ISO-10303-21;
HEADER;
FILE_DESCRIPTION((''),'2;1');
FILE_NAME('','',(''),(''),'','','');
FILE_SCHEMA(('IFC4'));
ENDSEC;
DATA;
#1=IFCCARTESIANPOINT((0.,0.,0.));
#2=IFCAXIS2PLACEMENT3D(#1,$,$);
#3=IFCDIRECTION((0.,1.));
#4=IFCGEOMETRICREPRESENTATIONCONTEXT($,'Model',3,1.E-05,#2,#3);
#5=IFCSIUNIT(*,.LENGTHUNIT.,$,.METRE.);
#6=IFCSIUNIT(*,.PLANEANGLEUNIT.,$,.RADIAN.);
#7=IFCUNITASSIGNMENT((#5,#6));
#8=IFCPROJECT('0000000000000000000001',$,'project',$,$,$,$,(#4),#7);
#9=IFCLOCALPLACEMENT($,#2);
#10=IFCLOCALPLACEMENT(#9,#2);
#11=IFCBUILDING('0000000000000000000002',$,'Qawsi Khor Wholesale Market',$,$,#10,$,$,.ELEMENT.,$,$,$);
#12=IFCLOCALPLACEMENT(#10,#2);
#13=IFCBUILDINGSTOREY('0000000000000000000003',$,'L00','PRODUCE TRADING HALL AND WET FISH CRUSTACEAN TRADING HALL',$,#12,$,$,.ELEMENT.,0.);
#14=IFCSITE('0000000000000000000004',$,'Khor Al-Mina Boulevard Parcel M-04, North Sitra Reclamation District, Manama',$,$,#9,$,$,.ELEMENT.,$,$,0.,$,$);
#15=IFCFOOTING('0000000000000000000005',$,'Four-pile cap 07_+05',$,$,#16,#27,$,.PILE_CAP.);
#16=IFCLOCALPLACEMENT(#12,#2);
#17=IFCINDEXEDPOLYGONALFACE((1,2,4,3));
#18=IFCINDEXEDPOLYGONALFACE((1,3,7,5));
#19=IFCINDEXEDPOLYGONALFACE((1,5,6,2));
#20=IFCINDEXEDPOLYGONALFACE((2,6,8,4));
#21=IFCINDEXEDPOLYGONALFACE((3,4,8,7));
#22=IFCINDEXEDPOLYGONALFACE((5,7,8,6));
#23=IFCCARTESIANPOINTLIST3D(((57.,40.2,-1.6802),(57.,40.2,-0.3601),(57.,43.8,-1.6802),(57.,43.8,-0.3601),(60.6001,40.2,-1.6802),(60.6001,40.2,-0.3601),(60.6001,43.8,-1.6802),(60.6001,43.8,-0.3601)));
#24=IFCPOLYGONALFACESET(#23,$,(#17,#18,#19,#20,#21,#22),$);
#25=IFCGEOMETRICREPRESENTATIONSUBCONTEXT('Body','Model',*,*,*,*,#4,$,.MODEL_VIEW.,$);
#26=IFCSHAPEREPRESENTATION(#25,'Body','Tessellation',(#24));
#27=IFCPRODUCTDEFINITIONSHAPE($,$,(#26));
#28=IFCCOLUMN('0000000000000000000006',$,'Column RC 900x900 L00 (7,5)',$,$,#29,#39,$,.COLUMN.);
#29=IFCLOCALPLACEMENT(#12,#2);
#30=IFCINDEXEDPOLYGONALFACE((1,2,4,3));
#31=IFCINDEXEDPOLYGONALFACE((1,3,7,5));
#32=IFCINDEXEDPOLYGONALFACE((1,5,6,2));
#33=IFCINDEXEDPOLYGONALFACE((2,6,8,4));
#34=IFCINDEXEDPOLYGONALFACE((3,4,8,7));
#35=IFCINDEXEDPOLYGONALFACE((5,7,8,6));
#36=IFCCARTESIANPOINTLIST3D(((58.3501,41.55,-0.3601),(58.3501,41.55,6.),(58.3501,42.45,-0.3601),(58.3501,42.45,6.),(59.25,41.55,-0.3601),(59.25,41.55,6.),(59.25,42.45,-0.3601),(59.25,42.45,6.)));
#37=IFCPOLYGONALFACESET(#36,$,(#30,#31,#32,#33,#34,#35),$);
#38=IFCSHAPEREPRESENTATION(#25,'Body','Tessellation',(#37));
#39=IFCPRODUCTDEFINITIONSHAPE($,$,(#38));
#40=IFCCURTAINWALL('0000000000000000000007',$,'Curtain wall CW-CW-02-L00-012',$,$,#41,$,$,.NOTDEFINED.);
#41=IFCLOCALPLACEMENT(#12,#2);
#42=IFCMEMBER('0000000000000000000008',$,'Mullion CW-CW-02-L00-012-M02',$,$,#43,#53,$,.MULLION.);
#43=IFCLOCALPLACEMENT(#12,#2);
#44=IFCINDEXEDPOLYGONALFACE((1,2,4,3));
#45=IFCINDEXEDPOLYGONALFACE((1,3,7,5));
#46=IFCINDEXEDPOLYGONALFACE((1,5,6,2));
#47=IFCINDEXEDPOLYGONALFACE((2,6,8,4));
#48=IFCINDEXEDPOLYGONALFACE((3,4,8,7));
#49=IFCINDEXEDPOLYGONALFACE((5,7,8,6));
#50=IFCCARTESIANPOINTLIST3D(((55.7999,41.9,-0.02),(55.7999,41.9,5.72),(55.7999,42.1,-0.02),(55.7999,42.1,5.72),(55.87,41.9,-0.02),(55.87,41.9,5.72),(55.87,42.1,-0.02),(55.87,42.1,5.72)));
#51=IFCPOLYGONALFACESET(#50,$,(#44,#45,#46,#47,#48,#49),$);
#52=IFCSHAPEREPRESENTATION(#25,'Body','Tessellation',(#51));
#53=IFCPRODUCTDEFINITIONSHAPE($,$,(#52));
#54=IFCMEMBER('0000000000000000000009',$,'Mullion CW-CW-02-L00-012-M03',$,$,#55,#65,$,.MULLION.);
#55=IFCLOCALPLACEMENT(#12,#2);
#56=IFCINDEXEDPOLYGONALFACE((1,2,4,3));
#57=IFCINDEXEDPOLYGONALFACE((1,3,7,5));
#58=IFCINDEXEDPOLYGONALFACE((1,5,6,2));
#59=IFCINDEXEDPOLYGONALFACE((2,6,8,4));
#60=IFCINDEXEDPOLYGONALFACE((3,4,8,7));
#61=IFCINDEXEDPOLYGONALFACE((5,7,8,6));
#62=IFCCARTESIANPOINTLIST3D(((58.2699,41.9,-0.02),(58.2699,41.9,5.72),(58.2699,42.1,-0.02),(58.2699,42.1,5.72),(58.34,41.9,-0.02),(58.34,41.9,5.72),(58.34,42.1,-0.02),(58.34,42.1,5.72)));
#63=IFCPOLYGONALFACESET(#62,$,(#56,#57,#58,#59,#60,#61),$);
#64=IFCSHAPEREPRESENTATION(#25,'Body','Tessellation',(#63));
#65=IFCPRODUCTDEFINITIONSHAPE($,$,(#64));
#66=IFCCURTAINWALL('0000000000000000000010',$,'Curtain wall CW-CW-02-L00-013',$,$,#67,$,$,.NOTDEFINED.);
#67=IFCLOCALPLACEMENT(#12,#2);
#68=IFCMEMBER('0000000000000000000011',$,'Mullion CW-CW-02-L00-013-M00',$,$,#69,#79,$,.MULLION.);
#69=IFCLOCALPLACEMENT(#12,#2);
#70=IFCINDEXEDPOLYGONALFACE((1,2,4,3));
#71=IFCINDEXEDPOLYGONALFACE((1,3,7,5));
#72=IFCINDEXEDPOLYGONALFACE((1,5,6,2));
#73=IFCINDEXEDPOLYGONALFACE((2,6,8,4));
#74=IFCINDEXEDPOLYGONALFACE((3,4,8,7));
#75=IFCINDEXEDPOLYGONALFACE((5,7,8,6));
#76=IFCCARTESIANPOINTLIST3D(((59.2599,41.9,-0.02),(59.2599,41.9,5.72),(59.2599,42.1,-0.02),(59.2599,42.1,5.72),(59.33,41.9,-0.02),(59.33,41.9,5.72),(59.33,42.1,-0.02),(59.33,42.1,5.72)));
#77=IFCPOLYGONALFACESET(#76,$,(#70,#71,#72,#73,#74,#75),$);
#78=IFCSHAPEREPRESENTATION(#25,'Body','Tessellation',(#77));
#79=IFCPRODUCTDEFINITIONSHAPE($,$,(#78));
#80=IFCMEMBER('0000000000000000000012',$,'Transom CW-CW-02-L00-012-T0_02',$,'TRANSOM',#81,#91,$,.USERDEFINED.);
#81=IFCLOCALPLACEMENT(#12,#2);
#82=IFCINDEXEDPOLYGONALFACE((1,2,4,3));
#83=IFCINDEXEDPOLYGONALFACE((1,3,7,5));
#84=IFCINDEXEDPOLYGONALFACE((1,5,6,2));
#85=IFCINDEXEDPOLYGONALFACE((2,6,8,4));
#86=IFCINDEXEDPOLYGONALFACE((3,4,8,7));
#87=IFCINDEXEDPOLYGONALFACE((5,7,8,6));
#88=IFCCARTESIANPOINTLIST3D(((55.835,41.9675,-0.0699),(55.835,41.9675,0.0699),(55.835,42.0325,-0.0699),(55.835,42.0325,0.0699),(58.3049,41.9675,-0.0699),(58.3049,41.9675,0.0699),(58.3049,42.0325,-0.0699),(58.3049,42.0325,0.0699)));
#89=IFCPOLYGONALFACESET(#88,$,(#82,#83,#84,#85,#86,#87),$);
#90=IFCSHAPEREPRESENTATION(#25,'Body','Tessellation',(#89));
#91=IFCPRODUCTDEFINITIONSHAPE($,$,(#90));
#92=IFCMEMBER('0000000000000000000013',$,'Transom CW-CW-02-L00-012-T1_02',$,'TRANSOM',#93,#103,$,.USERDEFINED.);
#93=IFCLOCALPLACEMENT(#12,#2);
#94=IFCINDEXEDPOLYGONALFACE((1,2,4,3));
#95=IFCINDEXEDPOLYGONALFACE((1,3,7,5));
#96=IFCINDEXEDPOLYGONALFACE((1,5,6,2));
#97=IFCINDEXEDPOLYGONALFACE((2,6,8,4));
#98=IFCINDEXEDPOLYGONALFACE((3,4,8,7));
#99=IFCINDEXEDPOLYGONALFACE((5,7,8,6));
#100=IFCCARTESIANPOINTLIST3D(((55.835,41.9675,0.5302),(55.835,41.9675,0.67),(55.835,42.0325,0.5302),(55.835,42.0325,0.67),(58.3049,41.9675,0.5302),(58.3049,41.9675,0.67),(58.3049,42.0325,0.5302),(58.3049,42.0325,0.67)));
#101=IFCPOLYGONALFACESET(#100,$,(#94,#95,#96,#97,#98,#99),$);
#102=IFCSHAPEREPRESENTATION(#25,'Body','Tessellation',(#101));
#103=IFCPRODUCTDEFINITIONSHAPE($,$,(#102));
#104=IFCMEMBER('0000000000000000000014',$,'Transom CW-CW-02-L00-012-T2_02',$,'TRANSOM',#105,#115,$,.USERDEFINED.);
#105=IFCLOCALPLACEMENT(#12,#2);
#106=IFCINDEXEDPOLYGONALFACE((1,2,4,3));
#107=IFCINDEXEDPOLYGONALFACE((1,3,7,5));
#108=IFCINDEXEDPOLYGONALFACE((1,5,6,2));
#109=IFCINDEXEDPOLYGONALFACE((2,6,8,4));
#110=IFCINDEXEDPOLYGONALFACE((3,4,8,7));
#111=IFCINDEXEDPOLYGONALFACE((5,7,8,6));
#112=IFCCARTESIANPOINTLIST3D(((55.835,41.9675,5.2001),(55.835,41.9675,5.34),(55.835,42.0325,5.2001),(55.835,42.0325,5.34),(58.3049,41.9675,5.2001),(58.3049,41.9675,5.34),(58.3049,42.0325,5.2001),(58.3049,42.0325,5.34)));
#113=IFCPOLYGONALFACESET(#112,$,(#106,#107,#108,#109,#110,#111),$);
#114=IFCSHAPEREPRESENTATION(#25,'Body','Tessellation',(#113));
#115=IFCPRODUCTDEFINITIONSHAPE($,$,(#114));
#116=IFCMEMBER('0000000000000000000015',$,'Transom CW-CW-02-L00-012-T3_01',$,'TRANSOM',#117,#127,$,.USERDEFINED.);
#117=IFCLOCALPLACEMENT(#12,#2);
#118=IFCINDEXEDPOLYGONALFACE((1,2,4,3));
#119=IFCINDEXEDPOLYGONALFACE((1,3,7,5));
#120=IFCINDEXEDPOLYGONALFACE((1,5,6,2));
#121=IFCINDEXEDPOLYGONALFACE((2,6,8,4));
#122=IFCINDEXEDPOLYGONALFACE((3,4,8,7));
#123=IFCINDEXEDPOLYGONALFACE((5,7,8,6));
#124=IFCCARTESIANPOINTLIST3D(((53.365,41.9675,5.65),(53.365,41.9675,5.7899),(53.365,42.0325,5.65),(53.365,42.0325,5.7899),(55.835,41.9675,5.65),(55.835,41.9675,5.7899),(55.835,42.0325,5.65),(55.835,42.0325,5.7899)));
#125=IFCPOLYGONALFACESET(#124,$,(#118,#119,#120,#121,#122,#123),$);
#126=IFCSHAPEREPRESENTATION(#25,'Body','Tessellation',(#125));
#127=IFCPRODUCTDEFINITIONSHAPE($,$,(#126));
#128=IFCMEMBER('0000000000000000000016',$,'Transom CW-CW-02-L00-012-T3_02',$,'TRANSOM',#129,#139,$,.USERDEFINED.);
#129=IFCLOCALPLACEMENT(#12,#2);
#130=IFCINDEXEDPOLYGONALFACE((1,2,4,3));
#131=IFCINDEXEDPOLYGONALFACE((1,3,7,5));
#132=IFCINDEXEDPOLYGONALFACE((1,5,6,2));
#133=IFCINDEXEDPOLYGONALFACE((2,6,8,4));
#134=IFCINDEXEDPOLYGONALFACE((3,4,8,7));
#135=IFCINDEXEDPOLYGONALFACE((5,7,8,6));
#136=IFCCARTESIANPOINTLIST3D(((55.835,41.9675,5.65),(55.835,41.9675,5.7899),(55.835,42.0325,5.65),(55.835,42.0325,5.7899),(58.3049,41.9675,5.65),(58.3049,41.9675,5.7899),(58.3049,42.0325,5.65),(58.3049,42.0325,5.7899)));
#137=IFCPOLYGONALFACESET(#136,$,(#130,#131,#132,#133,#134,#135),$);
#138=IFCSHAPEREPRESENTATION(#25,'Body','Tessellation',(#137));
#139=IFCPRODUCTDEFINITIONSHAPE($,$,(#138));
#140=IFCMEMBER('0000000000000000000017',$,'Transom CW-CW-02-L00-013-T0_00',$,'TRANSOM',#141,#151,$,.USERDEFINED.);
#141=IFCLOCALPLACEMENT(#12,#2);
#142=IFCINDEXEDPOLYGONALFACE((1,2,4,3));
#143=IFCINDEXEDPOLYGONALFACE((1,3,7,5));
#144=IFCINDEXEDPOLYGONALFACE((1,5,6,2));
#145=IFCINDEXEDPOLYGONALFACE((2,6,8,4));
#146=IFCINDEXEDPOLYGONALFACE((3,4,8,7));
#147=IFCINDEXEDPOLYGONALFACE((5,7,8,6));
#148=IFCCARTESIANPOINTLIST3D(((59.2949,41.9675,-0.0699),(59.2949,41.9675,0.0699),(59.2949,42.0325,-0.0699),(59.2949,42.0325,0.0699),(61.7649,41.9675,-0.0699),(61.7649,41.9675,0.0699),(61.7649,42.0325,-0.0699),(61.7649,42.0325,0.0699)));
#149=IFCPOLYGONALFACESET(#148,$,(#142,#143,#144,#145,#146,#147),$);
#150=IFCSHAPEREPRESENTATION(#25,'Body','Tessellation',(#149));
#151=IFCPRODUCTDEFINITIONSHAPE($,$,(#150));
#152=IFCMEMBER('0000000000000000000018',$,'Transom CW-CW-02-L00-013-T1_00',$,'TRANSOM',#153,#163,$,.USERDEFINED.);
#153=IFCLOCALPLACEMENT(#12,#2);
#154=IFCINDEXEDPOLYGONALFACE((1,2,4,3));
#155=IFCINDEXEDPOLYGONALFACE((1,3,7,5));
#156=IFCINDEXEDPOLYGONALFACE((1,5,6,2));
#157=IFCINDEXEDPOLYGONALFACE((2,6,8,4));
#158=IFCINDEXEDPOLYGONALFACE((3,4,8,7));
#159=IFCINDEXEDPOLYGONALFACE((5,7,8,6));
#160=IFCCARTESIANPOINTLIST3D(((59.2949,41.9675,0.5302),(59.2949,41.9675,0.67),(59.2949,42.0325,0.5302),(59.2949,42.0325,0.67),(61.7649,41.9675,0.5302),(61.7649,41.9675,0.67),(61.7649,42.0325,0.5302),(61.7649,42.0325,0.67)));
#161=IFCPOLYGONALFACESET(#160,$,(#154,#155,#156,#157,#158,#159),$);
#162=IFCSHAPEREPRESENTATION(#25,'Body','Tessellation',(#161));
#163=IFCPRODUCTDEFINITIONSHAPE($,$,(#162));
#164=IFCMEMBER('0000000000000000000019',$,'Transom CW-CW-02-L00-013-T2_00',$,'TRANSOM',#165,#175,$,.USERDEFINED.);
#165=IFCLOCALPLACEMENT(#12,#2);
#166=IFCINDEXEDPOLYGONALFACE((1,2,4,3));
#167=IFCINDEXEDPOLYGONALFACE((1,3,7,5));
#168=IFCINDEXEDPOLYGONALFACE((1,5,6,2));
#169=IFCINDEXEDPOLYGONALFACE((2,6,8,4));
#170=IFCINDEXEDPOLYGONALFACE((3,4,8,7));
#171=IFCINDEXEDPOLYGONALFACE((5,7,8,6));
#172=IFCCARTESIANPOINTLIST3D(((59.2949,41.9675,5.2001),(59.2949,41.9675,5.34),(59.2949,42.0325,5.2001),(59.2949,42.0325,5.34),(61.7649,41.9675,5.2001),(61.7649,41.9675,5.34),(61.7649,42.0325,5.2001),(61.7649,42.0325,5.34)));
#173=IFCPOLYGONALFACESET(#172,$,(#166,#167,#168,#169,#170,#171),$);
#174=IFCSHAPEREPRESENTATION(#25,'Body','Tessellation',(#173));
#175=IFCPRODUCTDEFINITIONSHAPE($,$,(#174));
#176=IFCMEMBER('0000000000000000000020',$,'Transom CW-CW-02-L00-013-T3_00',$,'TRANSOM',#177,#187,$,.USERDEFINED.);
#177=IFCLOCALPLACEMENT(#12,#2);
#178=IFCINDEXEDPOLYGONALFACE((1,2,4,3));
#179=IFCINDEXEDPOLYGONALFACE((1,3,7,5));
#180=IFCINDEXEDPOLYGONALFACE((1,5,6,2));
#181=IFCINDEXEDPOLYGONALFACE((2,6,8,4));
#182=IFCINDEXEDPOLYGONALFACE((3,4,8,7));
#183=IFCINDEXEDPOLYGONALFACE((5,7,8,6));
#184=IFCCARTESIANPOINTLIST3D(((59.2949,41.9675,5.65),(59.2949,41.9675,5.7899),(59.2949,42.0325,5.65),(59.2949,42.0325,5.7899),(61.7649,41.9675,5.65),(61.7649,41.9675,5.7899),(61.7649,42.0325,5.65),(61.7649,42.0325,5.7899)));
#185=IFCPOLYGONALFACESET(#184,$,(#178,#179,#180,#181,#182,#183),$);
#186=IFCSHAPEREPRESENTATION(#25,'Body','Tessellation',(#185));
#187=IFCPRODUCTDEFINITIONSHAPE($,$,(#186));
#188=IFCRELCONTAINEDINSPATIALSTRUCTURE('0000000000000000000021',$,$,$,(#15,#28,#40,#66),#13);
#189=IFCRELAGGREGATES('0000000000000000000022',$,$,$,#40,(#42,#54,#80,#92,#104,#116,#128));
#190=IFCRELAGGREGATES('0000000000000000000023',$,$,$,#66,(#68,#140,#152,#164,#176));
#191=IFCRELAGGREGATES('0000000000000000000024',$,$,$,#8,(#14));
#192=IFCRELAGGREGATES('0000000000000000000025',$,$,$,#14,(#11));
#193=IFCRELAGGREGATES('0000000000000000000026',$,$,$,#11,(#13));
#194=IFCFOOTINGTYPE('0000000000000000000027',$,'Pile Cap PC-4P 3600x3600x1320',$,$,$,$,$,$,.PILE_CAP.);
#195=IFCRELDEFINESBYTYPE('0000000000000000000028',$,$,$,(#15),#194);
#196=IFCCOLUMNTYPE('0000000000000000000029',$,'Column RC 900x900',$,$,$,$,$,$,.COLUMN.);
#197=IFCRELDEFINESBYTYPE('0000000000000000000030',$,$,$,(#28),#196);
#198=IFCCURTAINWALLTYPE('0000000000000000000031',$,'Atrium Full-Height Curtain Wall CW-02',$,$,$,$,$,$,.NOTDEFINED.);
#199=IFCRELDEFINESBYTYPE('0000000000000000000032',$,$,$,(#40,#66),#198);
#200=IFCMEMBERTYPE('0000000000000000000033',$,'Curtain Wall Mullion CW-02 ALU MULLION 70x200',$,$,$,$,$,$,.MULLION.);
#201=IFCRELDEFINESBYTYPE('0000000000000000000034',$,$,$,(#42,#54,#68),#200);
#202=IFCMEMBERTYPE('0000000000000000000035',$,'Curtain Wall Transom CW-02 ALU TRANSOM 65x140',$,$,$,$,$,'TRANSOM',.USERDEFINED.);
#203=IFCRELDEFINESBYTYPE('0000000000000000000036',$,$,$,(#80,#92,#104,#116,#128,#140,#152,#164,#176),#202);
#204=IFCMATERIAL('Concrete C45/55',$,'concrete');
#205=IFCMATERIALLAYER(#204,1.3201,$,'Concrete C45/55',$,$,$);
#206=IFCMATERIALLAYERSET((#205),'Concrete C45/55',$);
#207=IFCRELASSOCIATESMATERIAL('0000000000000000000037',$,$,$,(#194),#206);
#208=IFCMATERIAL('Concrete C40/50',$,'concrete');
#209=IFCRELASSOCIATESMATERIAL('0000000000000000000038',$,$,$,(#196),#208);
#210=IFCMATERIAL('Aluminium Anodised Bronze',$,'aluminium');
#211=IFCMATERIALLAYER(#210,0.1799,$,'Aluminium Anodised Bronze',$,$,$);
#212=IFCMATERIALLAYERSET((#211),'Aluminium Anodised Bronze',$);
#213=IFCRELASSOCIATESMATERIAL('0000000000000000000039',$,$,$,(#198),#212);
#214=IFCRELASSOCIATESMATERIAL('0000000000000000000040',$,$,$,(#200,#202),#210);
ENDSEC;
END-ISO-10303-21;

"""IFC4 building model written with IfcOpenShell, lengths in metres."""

from ifc_helpers import new_model, si_unit, direction, frame, origin, origin_2d, place, context, subcontext, project, spatial, rectangle, extrude, material, layer, layer_set, material_profile, profile_set, type_object, element, aggregate, save


model = new_model("IFC4")

# Units and contexts
model_context = context("Model", 3, precision=1e-05, world=origin(), true_north=direction((0.0, 1.0)))
body_context = subcontext(model_context, "Body", "Model", "MODEL_VIEW")
ifc_project = project(units=[si_unit("LENGTHUNIT", "METRE"), si_unit("PLANEANGLEUNIT", "RADIAN")], contexts=[model_context])

# Site, building, storey
site_placement = place(None, origin())
site = spatial("IfcSite", under=ifc_project, at=site_placement, Name="Khor Al-Mina Boulevard Parcel M-04, North Sitra Reclamation District, Manama", CompositionType="ELEMENT", RefElevation=0.0)
building_placement = place(site_placement, origin())
building = spatial("IfcBuilding", under=site, at=building_placement, Name="Qawsi Khor Wholesale Market", CompositionType="ELEMENT")
storey_placement = place(building_placement, origin())
storey = spatial("IfcBuildingStorey", under=building, at=storey_placement, Name="L00", Description="PRODUCE TRADING HALL AND WET FISH CRUSTACEAN TRADING HALL", CompositionType="ELEMENT", Elevation=0.0)

# Shared definitions
ifc_material_1 = material(Name="Concrete C45/55", Category="concrete")

# Footing
ifc_layer_1 = layer(ifc_material_1, 1.3201, Name="Concrete C45/55")
ifc_layer_set_1 = layer_set([ifc_layer_1], Name="Concrete C45/55")
footing_type_1 = type_object("IfcFootingType", Name="Pile Cap PC-4P 3600x3600x1320", PredefinedType="PILE_CAP", material=ifc_layer_set_1)
footing_1_placement = place(storey_placement, frame((58.8, 42.0, -1.6802), z_axis=(0.0, 0.0, 1.0), x_axis=(1.0, 0.0, 0.0)))
element("IfcFooting", 1, at=footing_1_placement, inside=storey, type_object=footing_type_1, Name="Four-pile cap 07_+05", PredefinedType="PILE_CAP", context=body_context, shape_type="SweptSolid", body=[
    extrude(rectangle(XDim=3.6001, YDim=3.6001, at=origin_2d()), origin(), (0.0, 0.0, 1.0), 1.3201),
])

# Column
ifc_material_2 = material(Name="Concrete C40/50", Category="concrete")
ifc_material_profile_1 = material_profile(ifc_material_2, rectangle(XDim=0.8999, YDim=0.8999, at=origin_2d()), Name="RC 900x900")
ifc_profile_set_1 = profile_set([ifc_material_profile_1], Name="Concrete C40/50")
column_type = type_object("IfcColumnType", Name="Column RC 900x900", PredefinedType="COLUMN", material=ifc_profile_set_1)
column_placement = place(storey_placement, frame((58.8, 42.0, -0.3601), z_axis=(0.0, 0.0, 1.0), x_axis=(1.0, 0.0, 0.0)))
element("IfcColumn", 2, at=column_placement, inside=storey, type_object=column_type, Name="Column RC 900x900 L00 (7,5)", PredefinedType="COLUMN", context=body_context, shape_type="SweptSolid", body=[
    extrude(rectangle(XDim=0.8999, YDim=0.8999, at=origin_2d()), origin(), (0.0, 0.0, 1.0), 6.3601),
])

# Curtain wall, members
ifc_material_3 = material(Name="Aluminium Anodised Bronze", Category="aluminium")
ifc_layer_2 = layer(ifc_material_3, 0.1799, Name="Aluminium Anodised Bronze")
ifc_layer_set_2 = layer_set([ifc_layer_2], Name="Aluminium Anodised Bronze")
curtain_wall_type = type_object("IfcCurtainWallType", Name="Atrium Full-Height Curtain Wall CW-02", PredefinedType="NOTDEFINED", material=ifc_layer_set_2)
curtain_wall_1_placement = place(storey_placement, origin())
curtain_wall_1 = element("IfcCurtainWall", 3, at=curtain_wall_1_placement, inside=storey, type_object=curtain_wall_type, Name="Curtain wall CW-CW-02-L00-012", PredefinedType="NOTDEFINED")
ifc_material_profile_2 = material_profile(ifc_material_3, rectangle(XDim=0.0701, YDim=0.2, at=origin_2d()), Name="ALU MULLION 70x200")
ifc_profile_set_2 = profile_set([ifc_material_profile_2], Name="Aluminium Anodised Bronze")
member_type_1 = type_object("IfcMemberType", Name="Curtain Wall Mullion CW-02 ALU MULLION 70x200", PredefinedType="MULLION", material=ifc_profile_set_2)
member_1_placement = place(storey_placement, frame((55.835, 42.0, -0.02), z_axis=(0.0, 0.0, 1.0), x_axis=(1.0, 0.0, 0.0)))
member_1 = element("IfcMember", 4, at=member_1_placement, type_object=member_type_1, Name="Mullion CW-CW-02-L00-012-M02", PredefinedType="MULLION", context=body_context, shape_type="SweptSolid", body=[
    extrude(rectangle(XDim=0.0701, YDim=0.2, at=origin_2d()), origin(), (0.0, 0.0, 1.0), 5.74),
])
member_2_placement = place(storey_placement, frame((58.3049, 42.0, -0.02), z_axis=(0.0, 0.0, 1.0), x_axis=(1.0, 0.0, 0.0)))
member_2 = element("IfcMember", 5, at=member_2_placement, type_object=member_type_1, Name="Mullion CW-CW-02-L00-012-M03", PredefinedType="MULLION", context=body_context, shape_type="SweptSolid", body=[
    extrude(rectangle(XDim=0.0701, YDim=0.2, at=origin_2d()), origin(), (0.0, 0.0, 1.0), 5.74),
])

# Curtain wall, member
curtain_wall_2_placement = place(storey_placement, origin())
curtain_wall_2 = element("IfcCurtainWall", 6, at=curtain_wall_2_placement, inside=storey, type_object=curtain_wall_type, Name="Curtain wall CW-CW-02-L00-013", PredefinedType="NOTDEFINED")
member_3_placement = place(storey_placement, frame((59.2949, 42.0, -0.02), z_axis=(0.0, 0.0, 1.0), x_axis=(1.0, 0.0, 0.0)))
member_3 = element("IfcMember", 7, at=member_3_placement, type_object=member_type_1, Name="Mullion CW-CW-02-L00-013-M00", PredefinedType="MULLION", context=body_context, shape_type="SweptSolid", body=[
    extrude(rectangle(XDim=0.0701, YDim=0.2, at=origin_2d()), origin(), (0.0, 0.0, 1.0), 5.74),
])

# Members
ifc_material_profile_3 = material_profile(ifc_material_3, rectangle(XDim=0.0649, YDim=0.1399, at=origin_2d()), Name="ALU TRANSOM 65x140")
ifc_profile_set_3 = profile_set([ifc_material_profile_3], Name="Aluminium Anodised Bronze")
member_type_2 = type_object("IfcMemberType", Name="Curtain Wall Transom CW-02 ALU TRANSOM 65x140", ElementType="TRANSOM", PredefinedType="USERDEFINED", material=ifc_profile_set_3)
member_4_placement = place(storey_placement, frame((55.835, 42.0, 0.0), z_axis=(1.0, 0.0, 0.0), x_axis=(0.0, 1.0, 0.0)))
member_4 = element("IfcMember", 8, at=member_4_placement, type_object=member_type_2, Name="Transom CW-CW-02-L00-012-T0_02", ObjectType="TRANSOM", PredefinedType="USERDEFINED", context=body_context, shape_type="SweptSolid", body=[
    extrude(rectangle(XDim=0.0649, YDim=0.1399, at=origin_2d()), origin(), (0.0, 0.0, 1.0), 2.47),
])
member_5_placement = place(storey_placement, frame((55.835, 42.0, 0.6001), z_axis=(1.0, 0.0, 0.0), x_axis=(0.0, 1.0, 0.0)))
member_5 = element("IfcMember", 9, at=member_5_placement, type_object=member_type_2, Name="Transom CW-CW-02-L00-012-T1_02", ObjectType="TRANSOM", PredefinedType="USERDEFINED", context=body_context, shape_type="SweptSolid", body=[
    extrude(rectangle(XDim=0.0649, YDim=0.1399, at=origin_2d()), origin(), (0.0, 0.0, 1.0), 2.47),
])
member_6_placement = place(storey_placement, frame((55.835, 42.0, 5.27), z_axis=(1.0, 0.0, 0.0), x_axis=(0.0, 1.0, 0.0)))
member_6 = element("IfcMember", 10, at=member_6_placement, type_object=member_type_2, Name="Transom CW-CW-02-L00-012-T2_02", ObjectType="TRANSOM", PredefinedType="USERDEFINED", context=body_context, shape_type="SweptSolid", body=[
    extrude(rectangle(XDim=0.0649, YDim=0.1399, at=origin_2d()), origin(), (0.0, 0.0, 1.0), 2.47),
])
member_7_placement = place(storey_placement, frame((53.365, 42.0, 5.72), z_axis=(1.0, 0.0, 0.0), x_axis=(0.0, 1.0, 0.0)))
member_7 = element("IfcMember", 11, at=member_7_placement, type_object=member_type_2, Name="Transom CW-CW-02-L00-012-T3_01", ObjectType="TRANSOM", PredefinedType="USERDEFINED", context=body_context, shape_type="SweptSolid", body=[
    extrude(rectangle(XDim=0.0649, YDim=0.1399, at=origin_2d()), origin(), (0.0, 0.0, 1.0), 2.47),
])
member_8_placement = place(storey_placement, frame((55.835, 42.0, 5.72), z_axis=(1.0, 0.0, 0.0), x_axis=(0.0, 1.0, 0.0)))
member_8 = element("IfcMember", 12, at=member_8_placement, type_object=member_type_2, Name="Transom CW-CW-02-L00-012-T3_02", ObjectType="TRANSOM", PredefinedType="USERDEFINED", context=body_context, shape_type="SweptSolid", body=[
    extrude(rectangle(XDim=0.0649, YDim=0.1399, at=origin_2d()), origin(), (0.0, 0.0, 1.0), 2.47),
])
member_9_placement = place(storey_placement, frame((59.2949, 42.0, 0.0), z_axis=(1.0, 0.0, 0.0), x_axis=(0.0, 1.0, 0.0)))
member_9 = element("IfcMember", 13, at=member_9_placement, type_object=member_type_2, Name="Transom CW-CW-02-L00-013-T0_00", ObjectType="TRANSOM", PredefinedType="USERDEFINED", context=body_context, shape_type="SweptSolid", body=[
    extrude(rectangle(XDim=0.0649, YDim=0.1399, at=origin_2d()), origin(), (0.0, 0.0, 1.0), 2.47),
])
member_10_placement = place(storey_placement, frame((59.2949, 42.0, 0.6001), z_axis=(1.0, 0.0, 0.0), x_axis=(0.0, 1.0, 0.0)))
member_10 = element("IfcMember", 14, at=member_10_placement, type_object=member_type_2, Name="Transom CW-CW-02-L00-013-T1_00", ObjectType="TRANSOM", PredefinedType="USERDEFINED", context=body_context, shape_type="SweptSolid", body=[
    extrude(rectangle(XDim=0.0649, YDim=0.1399, at=origin_2d()), origin(), (0.0, 0.0, 1.0), 2.47),
])
member_11_placement = place(storey_placement, frame((59.2949, 42.0, 5.27), z_axis=(1.0, 0.0, 0.0), x_axis=(0.0, 1.0, 0.0)))
member_11 = element("IfcMember", 15, at=member_11_placement, type_object=member_type_2, Name="Transom CW-CW-02-L00-013-T2_00", ObjectType="TRANSOM", PredefinedType="USERDEFINED", context=body_context, shape_type="SweptSolid", body=[
    extrude(rectangle(XDim=0.0649, YDim=0.1399, at=origin_2d()), origin(), (0.0, 0.0, 1.0), 2.47),
])
member_12_placement = place(storey_placement, frame((59.2949, 42.0, 5.72), z_axis=(1.0, 0.0, 0.0), x_axis=(0.0, 1.0, 0.0)))
member_12 = element("IfcMember", 16, at=member_12_placement, type_object=member_type_2, Name="Transom CW-CW-02-L00-013-T3_00", ObjectType="TRANSOM", PredefinedType="USERDEFINED", context=body_context, shape_type="SweptSolid", body=[
    extrude(rectangle(XDim=0.0649, YDim=0.1399, at=origin_2d()), origin(), (0.0, 0.0, 1.0), 2.47),
])

aggregate(curtain_wall_1, [member_1, member_2, member_4, member_5, member_6, member_7, member_8])
aggregate(curtain_wall_2, [member_3, member_9, member_10, member_11, member_12])

save(model, "model.ifc")
